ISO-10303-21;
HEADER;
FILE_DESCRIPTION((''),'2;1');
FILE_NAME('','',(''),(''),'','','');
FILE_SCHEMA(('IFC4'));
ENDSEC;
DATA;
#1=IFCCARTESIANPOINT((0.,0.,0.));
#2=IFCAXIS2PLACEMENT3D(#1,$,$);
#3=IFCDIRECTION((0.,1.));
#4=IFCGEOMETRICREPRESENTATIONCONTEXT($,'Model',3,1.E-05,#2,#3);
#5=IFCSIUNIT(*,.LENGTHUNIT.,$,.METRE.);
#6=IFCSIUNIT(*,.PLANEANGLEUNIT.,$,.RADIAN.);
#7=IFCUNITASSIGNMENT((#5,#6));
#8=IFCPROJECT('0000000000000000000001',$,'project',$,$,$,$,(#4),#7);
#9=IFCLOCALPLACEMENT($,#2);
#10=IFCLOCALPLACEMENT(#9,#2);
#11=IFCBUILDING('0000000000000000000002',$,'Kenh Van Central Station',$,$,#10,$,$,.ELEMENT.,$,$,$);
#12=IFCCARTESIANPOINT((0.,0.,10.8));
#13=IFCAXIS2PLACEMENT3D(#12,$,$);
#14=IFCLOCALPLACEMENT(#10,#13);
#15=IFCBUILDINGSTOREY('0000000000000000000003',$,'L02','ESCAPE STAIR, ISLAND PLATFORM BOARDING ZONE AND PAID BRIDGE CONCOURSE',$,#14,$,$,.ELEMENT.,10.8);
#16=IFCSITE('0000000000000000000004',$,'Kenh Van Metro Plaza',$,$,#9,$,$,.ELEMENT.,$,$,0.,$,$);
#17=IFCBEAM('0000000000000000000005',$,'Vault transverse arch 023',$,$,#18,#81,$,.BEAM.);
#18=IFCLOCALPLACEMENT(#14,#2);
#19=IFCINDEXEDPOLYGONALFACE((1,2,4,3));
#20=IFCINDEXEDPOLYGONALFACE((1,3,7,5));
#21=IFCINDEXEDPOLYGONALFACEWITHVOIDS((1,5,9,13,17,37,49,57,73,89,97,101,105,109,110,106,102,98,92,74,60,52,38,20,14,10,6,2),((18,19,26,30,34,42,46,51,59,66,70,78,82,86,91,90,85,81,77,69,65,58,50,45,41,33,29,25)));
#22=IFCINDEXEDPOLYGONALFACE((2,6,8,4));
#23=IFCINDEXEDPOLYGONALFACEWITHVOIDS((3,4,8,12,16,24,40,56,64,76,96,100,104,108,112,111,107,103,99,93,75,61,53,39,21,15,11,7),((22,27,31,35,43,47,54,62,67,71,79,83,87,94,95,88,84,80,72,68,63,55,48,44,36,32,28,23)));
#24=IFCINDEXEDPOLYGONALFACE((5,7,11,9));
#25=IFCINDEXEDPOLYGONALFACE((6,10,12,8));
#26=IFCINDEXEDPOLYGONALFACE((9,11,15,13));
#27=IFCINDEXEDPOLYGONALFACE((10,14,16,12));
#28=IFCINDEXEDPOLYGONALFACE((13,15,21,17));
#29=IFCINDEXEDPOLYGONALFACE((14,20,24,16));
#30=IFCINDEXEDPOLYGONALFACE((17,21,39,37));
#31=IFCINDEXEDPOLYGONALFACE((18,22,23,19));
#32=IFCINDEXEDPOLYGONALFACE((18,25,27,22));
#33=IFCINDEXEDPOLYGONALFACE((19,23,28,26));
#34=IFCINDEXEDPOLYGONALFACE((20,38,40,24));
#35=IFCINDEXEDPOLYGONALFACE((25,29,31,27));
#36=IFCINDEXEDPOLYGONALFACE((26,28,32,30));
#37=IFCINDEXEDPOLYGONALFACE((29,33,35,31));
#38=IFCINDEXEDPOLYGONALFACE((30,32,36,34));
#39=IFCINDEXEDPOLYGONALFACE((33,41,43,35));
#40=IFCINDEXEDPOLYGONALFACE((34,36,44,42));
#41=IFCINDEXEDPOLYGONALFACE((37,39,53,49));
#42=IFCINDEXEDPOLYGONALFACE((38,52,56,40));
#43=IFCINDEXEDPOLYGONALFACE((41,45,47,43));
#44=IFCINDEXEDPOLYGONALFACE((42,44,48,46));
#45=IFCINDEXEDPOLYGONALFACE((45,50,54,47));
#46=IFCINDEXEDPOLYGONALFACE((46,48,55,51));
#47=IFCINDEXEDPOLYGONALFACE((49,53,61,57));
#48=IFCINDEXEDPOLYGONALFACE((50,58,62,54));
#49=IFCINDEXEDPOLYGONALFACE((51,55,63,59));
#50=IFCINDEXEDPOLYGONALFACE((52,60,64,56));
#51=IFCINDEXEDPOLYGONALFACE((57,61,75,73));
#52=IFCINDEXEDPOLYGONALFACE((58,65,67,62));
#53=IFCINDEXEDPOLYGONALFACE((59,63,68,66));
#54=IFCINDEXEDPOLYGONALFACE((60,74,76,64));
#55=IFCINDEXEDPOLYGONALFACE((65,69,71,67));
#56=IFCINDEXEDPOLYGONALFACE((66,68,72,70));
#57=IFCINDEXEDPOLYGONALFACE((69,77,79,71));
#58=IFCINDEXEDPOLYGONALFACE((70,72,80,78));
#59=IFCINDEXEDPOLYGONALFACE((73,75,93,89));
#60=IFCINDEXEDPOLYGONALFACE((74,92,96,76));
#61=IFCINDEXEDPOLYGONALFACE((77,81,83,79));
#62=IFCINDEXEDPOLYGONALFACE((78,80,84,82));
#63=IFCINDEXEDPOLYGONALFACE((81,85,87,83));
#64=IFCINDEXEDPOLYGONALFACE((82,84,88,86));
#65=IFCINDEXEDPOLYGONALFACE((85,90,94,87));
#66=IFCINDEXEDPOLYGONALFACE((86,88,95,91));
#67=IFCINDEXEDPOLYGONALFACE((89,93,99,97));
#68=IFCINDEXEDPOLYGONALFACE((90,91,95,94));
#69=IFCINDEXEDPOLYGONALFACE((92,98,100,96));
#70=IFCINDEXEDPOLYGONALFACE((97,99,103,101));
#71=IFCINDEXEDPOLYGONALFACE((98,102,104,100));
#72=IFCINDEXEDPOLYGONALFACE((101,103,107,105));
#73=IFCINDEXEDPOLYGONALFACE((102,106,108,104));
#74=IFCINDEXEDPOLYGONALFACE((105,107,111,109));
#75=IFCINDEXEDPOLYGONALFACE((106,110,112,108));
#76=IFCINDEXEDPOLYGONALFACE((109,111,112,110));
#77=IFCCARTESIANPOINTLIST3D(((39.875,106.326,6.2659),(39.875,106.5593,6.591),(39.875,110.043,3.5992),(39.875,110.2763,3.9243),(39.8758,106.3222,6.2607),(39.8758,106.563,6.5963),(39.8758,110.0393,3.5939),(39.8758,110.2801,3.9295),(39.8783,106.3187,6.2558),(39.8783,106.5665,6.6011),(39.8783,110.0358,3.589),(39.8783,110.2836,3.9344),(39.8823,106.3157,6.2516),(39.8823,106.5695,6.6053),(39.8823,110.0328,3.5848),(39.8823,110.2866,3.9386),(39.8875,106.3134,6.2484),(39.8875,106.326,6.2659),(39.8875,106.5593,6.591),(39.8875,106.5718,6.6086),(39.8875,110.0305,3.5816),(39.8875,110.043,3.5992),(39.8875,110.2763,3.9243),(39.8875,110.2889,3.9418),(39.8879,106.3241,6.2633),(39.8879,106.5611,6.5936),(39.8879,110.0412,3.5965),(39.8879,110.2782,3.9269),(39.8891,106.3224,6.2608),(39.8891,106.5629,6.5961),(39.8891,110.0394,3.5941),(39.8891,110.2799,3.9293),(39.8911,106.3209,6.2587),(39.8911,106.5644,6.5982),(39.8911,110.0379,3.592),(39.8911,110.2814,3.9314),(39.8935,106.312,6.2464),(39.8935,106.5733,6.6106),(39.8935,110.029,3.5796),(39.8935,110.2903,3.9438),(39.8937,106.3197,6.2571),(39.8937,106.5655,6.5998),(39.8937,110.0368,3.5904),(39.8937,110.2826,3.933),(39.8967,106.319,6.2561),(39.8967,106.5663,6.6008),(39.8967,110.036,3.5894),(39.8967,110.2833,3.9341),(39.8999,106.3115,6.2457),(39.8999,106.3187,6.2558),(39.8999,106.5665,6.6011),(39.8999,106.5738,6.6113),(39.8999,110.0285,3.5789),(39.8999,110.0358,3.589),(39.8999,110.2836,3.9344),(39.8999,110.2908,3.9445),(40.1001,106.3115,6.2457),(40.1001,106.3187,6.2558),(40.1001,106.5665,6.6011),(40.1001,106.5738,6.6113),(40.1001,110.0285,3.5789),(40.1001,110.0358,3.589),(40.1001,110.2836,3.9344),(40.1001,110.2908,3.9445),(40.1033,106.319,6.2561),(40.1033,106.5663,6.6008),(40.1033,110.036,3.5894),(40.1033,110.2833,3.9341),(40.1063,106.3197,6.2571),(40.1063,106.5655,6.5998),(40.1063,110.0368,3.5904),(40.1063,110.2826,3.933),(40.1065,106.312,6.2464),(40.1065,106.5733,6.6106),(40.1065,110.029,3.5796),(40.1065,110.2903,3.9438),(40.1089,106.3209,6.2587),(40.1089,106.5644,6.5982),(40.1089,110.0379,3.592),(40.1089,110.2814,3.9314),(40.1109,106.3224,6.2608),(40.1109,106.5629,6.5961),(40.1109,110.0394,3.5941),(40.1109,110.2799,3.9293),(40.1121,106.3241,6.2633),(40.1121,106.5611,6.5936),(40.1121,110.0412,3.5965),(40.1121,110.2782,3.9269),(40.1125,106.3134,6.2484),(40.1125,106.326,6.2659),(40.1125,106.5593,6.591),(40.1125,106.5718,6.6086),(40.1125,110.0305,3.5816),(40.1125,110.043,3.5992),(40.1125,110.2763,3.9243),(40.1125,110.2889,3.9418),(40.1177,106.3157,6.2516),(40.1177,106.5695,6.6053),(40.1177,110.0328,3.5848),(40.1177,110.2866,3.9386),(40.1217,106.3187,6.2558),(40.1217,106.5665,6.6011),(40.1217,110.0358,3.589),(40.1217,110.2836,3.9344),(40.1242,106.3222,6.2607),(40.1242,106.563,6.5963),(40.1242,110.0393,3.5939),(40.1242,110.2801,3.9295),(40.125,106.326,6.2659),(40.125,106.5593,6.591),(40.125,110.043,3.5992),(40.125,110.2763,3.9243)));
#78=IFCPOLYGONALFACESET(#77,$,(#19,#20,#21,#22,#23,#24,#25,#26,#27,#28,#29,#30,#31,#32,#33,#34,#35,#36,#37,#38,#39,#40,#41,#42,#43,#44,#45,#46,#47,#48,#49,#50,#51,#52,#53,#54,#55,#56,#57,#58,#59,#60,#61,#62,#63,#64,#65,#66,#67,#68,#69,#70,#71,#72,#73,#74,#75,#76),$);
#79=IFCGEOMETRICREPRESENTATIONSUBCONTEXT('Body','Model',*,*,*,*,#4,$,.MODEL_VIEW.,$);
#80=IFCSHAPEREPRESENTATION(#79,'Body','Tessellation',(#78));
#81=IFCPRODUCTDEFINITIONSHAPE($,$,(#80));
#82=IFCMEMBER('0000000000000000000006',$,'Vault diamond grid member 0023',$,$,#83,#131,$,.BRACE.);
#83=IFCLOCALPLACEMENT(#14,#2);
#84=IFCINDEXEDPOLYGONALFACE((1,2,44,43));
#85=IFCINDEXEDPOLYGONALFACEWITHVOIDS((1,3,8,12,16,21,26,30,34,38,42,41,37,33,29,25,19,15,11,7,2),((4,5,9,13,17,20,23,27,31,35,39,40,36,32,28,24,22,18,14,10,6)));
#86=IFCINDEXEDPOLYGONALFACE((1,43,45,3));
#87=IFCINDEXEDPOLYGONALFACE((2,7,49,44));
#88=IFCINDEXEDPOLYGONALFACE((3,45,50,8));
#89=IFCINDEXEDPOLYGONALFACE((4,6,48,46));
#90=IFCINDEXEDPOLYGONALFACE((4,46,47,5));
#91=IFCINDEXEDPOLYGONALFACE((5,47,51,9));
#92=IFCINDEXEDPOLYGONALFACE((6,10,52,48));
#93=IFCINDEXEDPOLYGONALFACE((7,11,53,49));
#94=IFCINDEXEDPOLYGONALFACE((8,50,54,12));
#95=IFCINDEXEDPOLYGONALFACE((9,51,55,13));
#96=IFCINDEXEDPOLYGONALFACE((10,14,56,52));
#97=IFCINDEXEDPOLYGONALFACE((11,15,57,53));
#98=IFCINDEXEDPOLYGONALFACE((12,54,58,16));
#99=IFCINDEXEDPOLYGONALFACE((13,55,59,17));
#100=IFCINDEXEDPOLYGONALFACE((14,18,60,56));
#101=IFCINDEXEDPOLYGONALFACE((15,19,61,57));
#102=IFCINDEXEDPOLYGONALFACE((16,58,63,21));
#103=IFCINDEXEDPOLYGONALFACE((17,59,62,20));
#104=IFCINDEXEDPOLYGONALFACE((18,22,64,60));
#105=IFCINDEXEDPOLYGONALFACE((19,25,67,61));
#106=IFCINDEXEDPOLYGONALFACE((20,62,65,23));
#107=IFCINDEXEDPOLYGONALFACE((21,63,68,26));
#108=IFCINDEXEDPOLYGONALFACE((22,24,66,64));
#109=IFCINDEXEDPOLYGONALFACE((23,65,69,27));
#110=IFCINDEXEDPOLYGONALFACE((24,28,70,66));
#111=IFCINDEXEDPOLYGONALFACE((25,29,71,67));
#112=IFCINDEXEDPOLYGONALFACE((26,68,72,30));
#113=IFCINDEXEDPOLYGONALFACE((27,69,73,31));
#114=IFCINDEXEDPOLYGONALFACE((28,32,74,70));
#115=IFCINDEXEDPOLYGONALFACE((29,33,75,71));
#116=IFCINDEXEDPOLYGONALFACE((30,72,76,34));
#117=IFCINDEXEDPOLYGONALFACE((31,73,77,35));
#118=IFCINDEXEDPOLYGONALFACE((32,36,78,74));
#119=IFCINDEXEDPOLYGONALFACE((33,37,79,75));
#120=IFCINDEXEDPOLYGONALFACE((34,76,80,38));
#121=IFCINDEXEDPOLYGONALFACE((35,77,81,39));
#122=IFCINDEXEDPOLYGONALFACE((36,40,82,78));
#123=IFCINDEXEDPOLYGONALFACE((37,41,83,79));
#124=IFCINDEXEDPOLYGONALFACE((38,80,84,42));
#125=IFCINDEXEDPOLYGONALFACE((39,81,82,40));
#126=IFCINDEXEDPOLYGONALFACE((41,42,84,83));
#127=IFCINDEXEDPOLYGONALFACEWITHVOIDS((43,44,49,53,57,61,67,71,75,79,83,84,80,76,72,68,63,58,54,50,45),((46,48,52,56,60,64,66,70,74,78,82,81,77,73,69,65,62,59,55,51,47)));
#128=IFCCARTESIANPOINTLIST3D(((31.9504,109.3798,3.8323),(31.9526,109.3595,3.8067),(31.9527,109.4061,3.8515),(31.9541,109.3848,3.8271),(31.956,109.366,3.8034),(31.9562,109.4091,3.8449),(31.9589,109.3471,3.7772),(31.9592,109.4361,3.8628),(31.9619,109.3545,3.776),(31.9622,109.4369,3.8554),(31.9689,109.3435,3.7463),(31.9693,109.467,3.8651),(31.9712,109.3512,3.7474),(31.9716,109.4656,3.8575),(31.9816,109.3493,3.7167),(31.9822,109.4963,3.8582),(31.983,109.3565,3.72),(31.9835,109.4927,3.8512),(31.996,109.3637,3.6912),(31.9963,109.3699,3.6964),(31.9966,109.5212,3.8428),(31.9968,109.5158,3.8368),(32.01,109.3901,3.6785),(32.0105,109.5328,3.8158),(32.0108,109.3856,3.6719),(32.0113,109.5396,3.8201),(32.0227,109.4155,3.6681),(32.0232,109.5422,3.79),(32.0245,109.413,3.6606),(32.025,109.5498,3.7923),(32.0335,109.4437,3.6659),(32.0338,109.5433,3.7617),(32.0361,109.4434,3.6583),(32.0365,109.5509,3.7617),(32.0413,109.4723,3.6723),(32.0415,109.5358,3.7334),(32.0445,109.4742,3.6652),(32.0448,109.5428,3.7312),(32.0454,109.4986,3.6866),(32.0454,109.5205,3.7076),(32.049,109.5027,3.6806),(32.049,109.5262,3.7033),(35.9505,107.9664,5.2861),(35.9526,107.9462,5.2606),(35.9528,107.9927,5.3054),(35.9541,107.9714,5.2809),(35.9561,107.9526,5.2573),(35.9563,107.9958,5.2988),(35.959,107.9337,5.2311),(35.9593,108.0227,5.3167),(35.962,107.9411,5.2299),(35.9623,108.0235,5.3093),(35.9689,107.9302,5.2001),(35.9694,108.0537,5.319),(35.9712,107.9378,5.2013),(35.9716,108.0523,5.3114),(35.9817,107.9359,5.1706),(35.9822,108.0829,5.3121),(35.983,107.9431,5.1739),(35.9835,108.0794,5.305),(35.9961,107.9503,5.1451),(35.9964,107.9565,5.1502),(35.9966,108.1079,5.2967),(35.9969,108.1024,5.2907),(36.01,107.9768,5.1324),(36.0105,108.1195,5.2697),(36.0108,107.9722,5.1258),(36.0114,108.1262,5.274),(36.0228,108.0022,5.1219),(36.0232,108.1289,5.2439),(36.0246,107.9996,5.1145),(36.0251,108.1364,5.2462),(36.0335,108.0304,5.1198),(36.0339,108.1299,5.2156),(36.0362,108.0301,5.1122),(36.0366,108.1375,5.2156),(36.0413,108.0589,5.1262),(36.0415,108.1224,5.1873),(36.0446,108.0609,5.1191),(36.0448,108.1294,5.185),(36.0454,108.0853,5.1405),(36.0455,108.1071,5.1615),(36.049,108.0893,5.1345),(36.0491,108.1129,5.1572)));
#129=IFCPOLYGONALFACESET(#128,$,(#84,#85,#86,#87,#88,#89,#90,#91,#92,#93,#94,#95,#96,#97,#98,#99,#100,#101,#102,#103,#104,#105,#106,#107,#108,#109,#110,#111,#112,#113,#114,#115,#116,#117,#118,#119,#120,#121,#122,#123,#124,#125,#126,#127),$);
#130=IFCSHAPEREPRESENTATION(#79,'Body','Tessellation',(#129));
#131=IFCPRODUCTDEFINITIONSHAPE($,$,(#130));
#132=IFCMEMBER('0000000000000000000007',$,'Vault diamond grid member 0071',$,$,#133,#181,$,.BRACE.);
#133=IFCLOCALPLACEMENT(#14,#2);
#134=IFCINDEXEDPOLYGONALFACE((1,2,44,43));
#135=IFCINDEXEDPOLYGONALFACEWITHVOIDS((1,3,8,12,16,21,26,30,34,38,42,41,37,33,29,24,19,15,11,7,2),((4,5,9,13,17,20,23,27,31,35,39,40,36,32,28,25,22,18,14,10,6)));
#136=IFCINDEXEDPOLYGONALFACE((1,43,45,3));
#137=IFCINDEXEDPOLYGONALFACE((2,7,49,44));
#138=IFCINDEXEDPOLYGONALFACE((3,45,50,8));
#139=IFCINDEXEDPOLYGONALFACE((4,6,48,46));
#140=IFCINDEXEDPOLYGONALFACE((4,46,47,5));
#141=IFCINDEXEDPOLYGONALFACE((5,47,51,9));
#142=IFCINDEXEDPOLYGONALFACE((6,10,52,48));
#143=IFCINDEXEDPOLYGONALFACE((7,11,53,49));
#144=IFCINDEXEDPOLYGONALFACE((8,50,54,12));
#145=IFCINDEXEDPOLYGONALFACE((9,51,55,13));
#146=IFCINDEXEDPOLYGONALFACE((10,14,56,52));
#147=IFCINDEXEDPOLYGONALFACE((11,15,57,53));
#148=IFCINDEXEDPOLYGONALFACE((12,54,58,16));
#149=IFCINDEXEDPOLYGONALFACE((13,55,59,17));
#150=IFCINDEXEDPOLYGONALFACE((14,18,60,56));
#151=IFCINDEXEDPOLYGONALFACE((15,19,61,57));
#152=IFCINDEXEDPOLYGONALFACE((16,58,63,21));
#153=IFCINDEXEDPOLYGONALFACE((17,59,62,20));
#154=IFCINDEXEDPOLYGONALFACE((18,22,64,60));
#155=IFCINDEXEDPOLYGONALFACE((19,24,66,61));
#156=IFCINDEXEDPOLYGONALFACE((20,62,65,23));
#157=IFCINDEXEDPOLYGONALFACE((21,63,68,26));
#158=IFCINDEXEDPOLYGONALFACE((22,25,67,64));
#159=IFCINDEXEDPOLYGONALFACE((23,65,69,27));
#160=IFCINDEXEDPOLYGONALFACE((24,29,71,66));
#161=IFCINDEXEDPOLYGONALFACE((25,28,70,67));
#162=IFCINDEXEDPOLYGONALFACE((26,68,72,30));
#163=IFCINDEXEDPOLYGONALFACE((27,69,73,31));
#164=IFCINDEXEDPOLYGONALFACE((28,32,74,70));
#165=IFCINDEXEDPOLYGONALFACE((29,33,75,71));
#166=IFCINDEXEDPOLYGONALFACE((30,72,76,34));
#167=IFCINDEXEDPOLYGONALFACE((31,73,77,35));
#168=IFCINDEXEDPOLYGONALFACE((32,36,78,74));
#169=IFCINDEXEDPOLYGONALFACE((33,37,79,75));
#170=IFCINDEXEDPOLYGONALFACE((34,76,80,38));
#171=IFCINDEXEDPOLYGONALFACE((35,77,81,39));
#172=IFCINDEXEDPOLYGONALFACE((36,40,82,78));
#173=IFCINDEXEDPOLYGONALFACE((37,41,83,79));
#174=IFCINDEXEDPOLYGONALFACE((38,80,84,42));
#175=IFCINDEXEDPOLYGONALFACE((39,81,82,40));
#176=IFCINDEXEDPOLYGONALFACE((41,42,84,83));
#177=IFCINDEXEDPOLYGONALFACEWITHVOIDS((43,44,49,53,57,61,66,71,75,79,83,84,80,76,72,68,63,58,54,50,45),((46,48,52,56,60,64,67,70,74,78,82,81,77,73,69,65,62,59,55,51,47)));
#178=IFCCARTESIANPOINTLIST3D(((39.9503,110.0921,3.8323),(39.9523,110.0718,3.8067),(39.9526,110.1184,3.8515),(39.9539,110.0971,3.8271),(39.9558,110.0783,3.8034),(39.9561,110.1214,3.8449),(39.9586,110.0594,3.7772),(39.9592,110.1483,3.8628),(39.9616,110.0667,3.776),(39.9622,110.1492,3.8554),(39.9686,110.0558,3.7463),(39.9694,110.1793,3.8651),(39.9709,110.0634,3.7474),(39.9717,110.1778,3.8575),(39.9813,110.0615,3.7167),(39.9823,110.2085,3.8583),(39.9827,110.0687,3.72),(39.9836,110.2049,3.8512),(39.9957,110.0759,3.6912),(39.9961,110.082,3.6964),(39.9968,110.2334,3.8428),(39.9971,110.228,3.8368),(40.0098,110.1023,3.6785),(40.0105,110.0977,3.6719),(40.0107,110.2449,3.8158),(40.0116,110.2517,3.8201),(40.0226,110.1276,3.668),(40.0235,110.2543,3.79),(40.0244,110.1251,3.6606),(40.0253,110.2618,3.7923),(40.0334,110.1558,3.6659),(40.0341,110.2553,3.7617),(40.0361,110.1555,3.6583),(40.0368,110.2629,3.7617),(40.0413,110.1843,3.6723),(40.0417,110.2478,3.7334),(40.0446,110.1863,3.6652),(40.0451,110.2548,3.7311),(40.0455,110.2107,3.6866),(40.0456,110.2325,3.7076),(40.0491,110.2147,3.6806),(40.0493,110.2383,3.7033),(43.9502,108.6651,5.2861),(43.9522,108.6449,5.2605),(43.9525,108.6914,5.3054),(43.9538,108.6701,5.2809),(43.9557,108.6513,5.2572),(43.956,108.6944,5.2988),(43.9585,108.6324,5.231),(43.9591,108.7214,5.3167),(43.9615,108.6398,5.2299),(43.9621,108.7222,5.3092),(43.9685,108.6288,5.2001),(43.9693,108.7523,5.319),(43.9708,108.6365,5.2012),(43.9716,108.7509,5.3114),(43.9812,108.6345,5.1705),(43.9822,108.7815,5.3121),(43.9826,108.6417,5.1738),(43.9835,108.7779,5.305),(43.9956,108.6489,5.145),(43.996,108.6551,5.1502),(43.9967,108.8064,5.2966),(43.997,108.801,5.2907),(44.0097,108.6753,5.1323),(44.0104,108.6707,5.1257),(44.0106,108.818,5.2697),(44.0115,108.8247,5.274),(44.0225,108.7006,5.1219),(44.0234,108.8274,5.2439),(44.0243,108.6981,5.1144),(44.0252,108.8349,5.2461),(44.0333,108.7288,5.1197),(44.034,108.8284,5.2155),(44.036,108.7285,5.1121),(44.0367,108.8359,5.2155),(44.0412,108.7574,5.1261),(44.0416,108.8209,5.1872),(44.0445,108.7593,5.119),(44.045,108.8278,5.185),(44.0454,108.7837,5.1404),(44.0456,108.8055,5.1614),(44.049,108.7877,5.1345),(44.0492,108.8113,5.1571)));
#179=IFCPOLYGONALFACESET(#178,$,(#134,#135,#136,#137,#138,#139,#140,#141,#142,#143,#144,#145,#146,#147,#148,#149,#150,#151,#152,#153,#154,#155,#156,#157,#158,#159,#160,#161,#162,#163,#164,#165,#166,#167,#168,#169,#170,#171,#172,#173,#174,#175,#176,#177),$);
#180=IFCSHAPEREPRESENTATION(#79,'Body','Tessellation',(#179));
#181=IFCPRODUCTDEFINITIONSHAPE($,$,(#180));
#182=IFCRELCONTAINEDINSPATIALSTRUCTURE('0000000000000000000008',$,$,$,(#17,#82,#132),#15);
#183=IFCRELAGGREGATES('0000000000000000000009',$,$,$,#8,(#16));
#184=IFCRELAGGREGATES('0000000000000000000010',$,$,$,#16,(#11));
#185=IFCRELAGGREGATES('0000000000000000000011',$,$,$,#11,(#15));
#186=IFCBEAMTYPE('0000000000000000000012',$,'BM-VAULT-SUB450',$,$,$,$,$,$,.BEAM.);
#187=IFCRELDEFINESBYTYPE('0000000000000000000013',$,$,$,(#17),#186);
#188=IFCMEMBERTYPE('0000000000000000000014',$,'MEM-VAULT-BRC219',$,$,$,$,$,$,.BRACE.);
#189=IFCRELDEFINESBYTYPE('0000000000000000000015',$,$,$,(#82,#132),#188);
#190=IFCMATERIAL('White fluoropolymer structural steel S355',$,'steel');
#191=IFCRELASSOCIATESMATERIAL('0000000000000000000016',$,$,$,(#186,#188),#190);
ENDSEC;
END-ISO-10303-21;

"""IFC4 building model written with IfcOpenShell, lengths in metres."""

from ifc_helpers import new_model, si_unit, direction, frame, origin, origin_2d, place, context, subcontext, project, spatial, hollow_rectangle, hollow_circle, extrude, material, material_profile, profile_set, type_object, element, save


model = new_model("IFC4")

# Units and contexts
model_context = context("Model", 3, precision=1e-05, world=origin(), true_north=direction((0.0, 1.0)))
body_context = subcontext(model_context, "Body", "Model", "MODEL_VIEW")
ifc_project = project(units=[si_unit("LENGTHUNIT", "METRE"), si_unit("PLANEANGLEUNIT", "RADIAN")], contexts=[model_context])

# Site, building, storey
site_placement = place(None, origin())
site = spatial("IfcSite", under=ifc_project, at=site_placement, Name="Kenh Van Metro Plaza", CompositionType="ELEMENT", RefElevation=0.0)
building_placement = place(site_placement, origin())
building = spatial("IfcBuilding", under=site, at=building_placement, Name="Kenh Van Central Station", CompositionType="ELEMENT")
storey_placement = place(building_placement, frame((0.0, 0.0, 10.8)))
storey = spatial("IfcBuildingStorey", under=building, at=storey_placement, Name="L02", Description="ESCAPE STAIR, ISLAND PLATFORM BOARDING ZONE AND PAID BRIDGE CONCOURSE", CompositionType="ELEMENT", Elevation=10.8)

# Beam
ifc_material_1 = material(Name="White fluoropolymer structural steel S355", Category="steel")
ifc_material_profile_1 = material_profile(ifc_material_1, hollow_rectangle(XDim=0.25, YDim=0.45, WallThickness=0.0125, InnerFilletRadius=0.0125, OuterFilletRadius=0.0249, at=origin_2d()), Name="RHS 450x250x12.5")
ifc_profile_set_1 = profile_set([ifc_material_profile_1], Name="White fluoropolymer structural steel S355")
beam_type_1 = type_object("IfcBeamType", Name="BM-VAULT-SUB450", PredefinedType="BEAM", material=ifc_profile_set_1)
beam_1_placement = place(storey_placement, frame((40.0, 106.4426, 6.4285), z_axis=(0.0, 0.81252, -0.582933), x_axis=(-1.0, 0.0, 0.0)))
element("IfcBeam", 1, at=beam_1_placement, inside=storey, type_object=beam_type_1, Name="Vault transverse arch 023", PredefinedType="BEAM", context=body_context, shape_type="SweptSolid", body=[
    extrude(hollow_rectangle(XDim=0.25, YDim=0.45, WallThickness=0.0125, InnerFilletRadius=0.0125, OuterFilletRadius=0.0249, at=origin_2d()), origin(), (0.0, 0.0, 1.0), 4.5747),
])

# Members
ifc_material_profile_2 = material_profile(ifc_material_1, hollow_circle(Radius=0.1096, WallThickness=0.0081, at=origin_2d()), Name="CHS 219.1x8")
ifc_profile_set_2 = profile_set([ifc_material_profile_2], Name="White fluoropolymer structural steel S355")
member_type_1 = type_object("IfcMemberType", Name="MEM-VAULT-BRC219", PredefinedType="BRACE", material=ifc_profile_set_2)
member_1_placement = place(storey_placement, frame((32.0, 109.4475, 3.7617), z_axis=(0.891951, -0.315155, 0.324192), x_axis=(0.333148, 0.942874, 0.0)))
element("IfcMember", 2, at=member_1_placement, inside=storey, type_object=member_type_1, Name="Vault diamond grid member 0023", PredefinedType="BRACE", context=body_context, shape_type="SweptSolid", body=[
    extrude(hollow_circle(Radius=0.1096, WallThickness=0.0081, at=origin_2d()), origin(), (0.0, 0.0, 1.0), 4.4846),
])
member_2_placement = place(storey_placement, frame((40.0, 110.1597, 3.7617), z_axis=(0.891091, -0.317897, 0.32388), x_axis=(0.336009, 0.941859, 0.0)))
element("IfcMember", 3, at=member_2_placement, inside=storey, type_object=member_type_1, Name="Vault diamond grid member 0071", PredefinedType="BRACE", context=body_context, shape_type="SweptSolid", body=[
    extrude(hollow_circle(Radius=0.1096, WallThickness=0.0081, at=origin_2d()), origin(), (0.0, 0.0, 1.0), 4.4888),
])

save(model, "model.ifc")
